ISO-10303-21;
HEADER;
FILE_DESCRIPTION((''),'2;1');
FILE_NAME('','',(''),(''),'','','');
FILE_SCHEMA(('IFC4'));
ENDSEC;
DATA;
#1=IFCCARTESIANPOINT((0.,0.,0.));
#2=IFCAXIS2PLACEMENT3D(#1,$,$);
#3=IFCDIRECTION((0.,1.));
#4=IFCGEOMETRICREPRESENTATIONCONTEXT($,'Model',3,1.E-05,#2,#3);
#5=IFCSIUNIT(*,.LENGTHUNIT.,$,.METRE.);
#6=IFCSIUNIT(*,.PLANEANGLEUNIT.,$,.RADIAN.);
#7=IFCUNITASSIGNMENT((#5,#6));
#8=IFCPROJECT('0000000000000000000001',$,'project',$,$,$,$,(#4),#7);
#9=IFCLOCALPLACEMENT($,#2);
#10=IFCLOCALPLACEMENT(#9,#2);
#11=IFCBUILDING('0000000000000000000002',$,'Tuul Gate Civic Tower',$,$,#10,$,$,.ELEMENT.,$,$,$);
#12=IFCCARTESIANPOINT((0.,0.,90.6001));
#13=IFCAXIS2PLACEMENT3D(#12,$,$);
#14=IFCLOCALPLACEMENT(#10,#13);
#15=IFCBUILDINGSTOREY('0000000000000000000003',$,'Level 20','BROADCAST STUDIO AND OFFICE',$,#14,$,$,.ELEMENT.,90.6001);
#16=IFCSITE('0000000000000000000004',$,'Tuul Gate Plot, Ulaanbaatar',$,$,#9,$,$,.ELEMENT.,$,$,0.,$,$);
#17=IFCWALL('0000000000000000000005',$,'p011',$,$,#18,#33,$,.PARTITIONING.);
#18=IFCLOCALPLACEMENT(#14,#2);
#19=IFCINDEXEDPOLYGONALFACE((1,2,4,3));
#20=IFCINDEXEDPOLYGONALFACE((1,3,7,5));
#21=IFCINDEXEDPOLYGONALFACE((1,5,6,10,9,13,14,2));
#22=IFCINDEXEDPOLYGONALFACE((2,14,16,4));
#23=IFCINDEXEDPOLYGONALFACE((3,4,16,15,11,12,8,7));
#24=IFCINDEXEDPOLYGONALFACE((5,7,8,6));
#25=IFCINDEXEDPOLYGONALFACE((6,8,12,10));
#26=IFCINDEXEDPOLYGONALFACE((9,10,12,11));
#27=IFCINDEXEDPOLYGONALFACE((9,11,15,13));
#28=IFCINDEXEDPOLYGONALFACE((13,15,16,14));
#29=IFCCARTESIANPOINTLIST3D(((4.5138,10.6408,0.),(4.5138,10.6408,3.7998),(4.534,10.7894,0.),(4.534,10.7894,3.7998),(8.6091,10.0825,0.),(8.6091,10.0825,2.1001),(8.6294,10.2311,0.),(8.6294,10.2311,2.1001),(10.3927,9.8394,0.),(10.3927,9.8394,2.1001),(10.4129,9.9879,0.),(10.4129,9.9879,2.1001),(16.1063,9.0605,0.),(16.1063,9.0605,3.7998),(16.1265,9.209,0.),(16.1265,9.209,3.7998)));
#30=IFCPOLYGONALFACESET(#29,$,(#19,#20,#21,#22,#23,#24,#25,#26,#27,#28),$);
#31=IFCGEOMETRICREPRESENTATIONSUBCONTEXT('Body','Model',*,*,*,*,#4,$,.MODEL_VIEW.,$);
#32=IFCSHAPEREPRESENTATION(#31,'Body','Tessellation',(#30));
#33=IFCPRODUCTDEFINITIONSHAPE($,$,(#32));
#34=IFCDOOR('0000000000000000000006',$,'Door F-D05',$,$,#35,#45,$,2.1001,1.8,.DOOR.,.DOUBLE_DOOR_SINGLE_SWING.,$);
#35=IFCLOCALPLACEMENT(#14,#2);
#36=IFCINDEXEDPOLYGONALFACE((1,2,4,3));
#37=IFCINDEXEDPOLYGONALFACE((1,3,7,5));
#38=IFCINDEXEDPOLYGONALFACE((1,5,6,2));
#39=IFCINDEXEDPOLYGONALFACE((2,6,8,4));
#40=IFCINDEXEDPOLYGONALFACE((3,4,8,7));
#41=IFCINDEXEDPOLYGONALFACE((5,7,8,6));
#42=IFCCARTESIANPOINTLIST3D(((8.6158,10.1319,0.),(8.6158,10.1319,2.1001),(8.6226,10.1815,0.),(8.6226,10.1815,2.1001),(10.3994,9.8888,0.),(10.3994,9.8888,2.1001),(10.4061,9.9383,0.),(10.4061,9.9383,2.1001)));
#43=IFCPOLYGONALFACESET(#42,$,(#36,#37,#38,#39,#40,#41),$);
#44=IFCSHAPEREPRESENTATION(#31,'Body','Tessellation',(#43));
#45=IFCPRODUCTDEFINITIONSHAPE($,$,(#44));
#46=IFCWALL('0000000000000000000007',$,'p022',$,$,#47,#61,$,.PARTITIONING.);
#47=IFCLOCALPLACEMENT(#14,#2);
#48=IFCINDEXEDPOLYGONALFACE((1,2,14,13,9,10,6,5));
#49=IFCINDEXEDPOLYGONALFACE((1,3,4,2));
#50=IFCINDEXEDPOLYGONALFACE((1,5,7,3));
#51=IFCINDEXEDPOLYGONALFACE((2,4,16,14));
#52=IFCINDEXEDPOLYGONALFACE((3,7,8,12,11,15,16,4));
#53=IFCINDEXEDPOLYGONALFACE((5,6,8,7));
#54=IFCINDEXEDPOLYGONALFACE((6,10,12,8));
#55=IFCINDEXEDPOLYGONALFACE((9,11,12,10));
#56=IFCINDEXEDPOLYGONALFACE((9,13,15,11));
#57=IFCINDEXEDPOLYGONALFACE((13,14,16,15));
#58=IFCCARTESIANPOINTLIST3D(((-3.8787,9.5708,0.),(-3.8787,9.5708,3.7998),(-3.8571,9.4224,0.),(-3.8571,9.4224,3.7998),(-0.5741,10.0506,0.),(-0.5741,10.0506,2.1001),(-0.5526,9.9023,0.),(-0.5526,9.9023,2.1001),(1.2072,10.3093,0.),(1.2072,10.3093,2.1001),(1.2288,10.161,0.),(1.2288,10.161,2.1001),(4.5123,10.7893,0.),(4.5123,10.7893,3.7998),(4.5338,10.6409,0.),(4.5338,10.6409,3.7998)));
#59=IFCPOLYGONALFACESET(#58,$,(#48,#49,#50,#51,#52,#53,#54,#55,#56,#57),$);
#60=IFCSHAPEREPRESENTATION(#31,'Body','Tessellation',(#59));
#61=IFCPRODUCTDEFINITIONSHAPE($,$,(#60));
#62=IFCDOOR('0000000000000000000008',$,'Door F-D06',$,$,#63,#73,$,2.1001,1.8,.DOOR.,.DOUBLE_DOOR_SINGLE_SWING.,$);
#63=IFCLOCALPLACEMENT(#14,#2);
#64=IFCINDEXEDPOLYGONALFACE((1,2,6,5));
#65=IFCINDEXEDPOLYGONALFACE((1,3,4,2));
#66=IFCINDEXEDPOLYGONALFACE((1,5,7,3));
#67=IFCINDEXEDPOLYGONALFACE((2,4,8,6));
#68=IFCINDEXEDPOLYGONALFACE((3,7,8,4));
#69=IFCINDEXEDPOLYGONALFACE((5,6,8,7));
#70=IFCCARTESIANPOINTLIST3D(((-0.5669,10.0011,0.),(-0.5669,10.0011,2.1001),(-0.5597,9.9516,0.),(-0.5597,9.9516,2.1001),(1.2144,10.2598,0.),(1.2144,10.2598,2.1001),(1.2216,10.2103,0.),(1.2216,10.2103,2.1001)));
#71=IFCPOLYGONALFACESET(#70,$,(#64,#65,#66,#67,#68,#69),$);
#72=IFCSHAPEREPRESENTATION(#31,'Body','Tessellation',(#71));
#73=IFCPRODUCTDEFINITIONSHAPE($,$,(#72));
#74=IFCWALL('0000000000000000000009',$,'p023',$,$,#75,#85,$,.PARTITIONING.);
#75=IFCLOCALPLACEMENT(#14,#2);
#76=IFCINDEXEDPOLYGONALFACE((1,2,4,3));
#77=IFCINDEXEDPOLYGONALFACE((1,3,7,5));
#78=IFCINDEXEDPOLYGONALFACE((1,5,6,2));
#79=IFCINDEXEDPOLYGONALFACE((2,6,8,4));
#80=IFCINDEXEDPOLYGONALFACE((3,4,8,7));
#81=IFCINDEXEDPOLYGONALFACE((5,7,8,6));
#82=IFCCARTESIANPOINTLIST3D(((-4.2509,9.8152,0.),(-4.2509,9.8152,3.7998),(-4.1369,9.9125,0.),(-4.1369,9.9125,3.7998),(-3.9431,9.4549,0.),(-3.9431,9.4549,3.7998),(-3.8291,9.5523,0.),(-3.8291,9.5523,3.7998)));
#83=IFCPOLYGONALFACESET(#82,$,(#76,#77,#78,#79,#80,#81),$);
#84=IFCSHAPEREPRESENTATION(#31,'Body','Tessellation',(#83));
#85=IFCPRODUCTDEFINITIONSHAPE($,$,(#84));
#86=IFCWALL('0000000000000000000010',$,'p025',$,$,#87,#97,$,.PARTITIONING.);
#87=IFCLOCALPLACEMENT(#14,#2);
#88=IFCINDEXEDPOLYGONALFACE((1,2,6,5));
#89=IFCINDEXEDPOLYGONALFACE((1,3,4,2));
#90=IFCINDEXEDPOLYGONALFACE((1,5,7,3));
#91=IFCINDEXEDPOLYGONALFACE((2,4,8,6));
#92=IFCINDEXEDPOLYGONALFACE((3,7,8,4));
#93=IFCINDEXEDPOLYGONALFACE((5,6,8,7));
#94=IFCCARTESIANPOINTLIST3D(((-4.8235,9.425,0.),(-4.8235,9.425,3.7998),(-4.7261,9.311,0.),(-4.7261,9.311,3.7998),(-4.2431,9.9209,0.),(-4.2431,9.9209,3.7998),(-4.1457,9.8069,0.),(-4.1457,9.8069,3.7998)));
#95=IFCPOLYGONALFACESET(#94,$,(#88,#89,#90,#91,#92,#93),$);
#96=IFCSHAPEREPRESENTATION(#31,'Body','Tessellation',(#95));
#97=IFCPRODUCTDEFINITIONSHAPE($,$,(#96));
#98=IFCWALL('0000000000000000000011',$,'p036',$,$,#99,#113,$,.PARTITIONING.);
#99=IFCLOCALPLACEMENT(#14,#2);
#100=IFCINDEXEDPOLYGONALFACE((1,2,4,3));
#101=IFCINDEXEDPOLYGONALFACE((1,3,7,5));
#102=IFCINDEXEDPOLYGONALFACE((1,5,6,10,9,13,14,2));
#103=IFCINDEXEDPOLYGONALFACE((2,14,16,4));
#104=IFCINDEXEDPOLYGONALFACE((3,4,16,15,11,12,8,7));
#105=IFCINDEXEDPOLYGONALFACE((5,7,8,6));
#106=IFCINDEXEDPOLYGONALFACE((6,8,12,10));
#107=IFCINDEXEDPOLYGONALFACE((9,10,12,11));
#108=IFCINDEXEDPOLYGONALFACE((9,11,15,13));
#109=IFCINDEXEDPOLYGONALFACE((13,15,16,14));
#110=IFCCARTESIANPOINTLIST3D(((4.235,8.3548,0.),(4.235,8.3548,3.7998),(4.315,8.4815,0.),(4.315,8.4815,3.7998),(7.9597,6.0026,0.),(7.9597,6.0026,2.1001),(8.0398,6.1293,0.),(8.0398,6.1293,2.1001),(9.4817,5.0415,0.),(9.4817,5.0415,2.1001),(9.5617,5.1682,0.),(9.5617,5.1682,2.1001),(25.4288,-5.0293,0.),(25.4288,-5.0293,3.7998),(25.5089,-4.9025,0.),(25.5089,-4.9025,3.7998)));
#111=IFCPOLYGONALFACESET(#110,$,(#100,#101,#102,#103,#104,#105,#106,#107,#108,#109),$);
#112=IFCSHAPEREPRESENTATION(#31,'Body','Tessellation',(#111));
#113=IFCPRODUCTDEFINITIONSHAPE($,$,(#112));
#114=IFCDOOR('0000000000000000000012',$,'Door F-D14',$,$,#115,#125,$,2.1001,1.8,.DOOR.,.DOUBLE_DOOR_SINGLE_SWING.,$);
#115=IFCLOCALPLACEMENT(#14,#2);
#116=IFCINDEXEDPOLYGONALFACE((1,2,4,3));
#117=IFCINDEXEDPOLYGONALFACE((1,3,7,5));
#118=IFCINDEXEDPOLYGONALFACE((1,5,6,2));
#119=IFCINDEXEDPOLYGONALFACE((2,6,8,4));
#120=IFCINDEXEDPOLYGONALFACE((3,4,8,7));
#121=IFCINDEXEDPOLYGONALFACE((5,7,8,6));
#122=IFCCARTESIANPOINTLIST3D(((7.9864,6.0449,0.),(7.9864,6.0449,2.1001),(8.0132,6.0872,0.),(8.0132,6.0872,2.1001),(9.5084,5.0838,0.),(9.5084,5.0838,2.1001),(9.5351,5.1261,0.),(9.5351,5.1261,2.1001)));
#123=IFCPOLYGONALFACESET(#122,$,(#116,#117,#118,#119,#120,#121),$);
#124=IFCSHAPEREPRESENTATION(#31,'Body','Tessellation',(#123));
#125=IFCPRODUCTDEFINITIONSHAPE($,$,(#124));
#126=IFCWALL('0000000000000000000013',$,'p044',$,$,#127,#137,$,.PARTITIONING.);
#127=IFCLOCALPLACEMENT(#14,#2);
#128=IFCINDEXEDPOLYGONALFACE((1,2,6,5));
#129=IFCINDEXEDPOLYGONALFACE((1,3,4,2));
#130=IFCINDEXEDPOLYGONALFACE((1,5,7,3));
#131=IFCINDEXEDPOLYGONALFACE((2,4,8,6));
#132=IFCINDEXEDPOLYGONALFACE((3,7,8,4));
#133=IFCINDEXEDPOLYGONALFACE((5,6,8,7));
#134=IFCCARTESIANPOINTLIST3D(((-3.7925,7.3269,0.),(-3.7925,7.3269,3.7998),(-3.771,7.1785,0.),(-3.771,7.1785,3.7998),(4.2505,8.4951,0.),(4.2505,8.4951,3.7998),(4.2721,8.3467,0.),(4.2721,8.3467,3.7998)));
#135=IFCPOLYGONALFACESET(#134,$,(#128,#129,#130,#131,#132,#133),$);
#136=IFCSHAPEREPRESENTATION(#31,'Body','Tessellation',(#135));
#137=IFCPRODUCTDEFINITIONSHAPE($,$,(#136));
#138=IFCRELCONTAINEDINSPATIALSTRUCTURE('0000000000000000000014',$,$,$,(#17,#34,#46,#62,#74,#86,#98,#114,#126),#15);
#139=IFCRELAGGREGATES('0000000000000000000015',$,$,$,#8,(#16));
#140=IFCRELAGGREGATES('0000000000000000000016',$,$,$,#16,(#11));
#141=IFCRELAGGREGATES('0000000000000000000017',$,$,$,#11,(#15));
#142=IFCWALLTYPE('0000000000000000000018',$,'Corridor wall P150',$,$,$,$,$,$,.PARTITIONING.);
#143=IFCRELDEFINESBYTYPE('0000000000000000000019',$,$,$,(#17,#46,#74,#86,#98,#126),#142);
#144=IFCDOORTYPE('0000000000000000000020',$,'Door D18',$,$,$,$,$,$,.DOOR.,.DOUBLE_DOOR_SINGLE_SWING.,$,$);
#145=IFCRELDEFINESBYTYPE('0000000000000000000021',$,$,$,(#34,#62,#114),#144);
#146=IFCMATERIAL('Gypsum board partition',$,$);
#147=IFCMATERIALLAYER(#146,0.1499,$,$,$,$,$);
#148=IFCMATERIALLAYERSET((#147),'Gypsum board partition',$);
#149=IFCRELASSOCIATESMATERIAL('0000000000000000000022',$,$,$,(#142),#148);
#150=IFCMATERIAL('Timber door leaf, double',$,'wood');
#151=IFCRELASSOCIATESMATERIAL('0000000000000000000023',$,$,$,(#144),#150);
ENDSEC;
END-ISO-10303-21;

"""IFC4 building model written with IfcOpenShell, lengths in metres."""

from ifc_helpers import new_model, si_unit, direction, frame, frame_2d, origin, place, context, subcontext, project, spatial, rectangle, extrude, material, layer, layer_set, type_object, element, fill, save


model = new_model("IFC4")

# Units and contexts
model_context = context("Model", 3, precision=1e-05, world=origin(), true_north=direction((0.0, 1.0)))
body_context = subcontext(model_context, "Body", "Model", "MODEL_VIEW")
ifc_project = project(units=[si_unit("LENGTHUNIT", "METRE"), si_unit("PLANEANGLEUNIT", "RADIAN")], contexts=[model_context])

# Site, building, storey
site_placement = place(None, origin())
site = spatial("IfcSite", under=ifc_project, at=site_placement, Name="Tuul Gate Plot, Ulaanbaatar", CompositionType="ELEMENT", RefElevation=0.0)
building_placement = place(site_placement, origin())
building = spatial("IfcBuilding", under=site, at=building_placement, Name="Tuul Gate Civic Tower", CompositionType="ELEMENT")
storey_placement = place(building_placement, frame((0.0, 0.0, 90.6001)))
storey = spatial("IfcBuildingStorey", under=building, at=storey_placement, Name="Level 20", Description="BROADCAST STUDIO AND OFFICE", CompositionType="ELEMENT", Elevation=90.6001)

# Walls, openings, doors
ifc_material_1 = material(Name="Gypsum board partition")
ifc_layer_1 = layer(ifc_material_1, 0.1499)
ifc_layer_set_1 = layer_set([ifc_layer_1], Name="Gypsum board partition")
wall_type_1 = type_object("IfcWallType", Name="Corridor wall P150", PredefinedType="PARTITIONING", material=ifc_layer_set_1)
wall_1_placement = place(storey_placement, frame((4.5239, 10.7151, 0.0), z_axis=(0.0, 0.0, 1.0), x_axis=(0.990836, -0.135073, 0.0)))
wall_1 = element("IfcWall", 1, at=wall_1_placement, inside=storey, type_object=wall_type_1, Name="p011", PredefinedType="PARTITIONING", context=body_context, shape_type="SweptSolid", body=[
    extrude(rectangle(XDim=11.6997, YDim=0.1499, at=frame_2d((5.8499, 0.0))), origin(), (0.0, 0.0, 1.0), 3.7998),
])
opening_1_placement = place(wall_1_placement, frame((4.1333, 0.0, 0.0)))
opening_1 = element("IfcOpeningElement", 2, at=opening_1_placement, cuts=wall_1, PredefinedType="OPENING", context=body_context, shape_type="SweptSolid", body=[
    extrude(rectangle(XDim=1.8, YDim=2.1001, at=frame_2d((0.8999, 1.05))), frame((0.0, 0.085, 0.0), z_axis=(0.0, -1.0, 0.0), x_axis=(1.0, 0.0, 0.0)), (0.0, 0.0, 1.0), 0.1699),
])
ifc_material_2 = material(Name="Timber door leaf, double", Category="wood")
door_type = type_object("IfcDoorType", Name="Door D18", OperationType="DOUBLE_DOOR_SINGLE_SWING", PredefinedType="DOOR", material=ifc_material_2)
door_1_placement = place(opening_1_placement, origin())
door_1 = element("IfcDoor", 3, at=door_1_placement, inside=storey, type_object=door_type, Name="Door F-D05", OperationType="DOUBLE_DOOR_SINGLE_SWING", OverallHeight=2.1001, OverallWidth=1.8, PredefinedType="DOOR", context=body_context, shape_type="SweptSolid", body=[
    extrude(rectangle(XDim=1.8, YDim=2.1001, at=frame_2d((0.8999, 1.05))), frame((0.0, 0.0249, 0.0), z_axis=(0.0, -1.0, 0.0), x_axis=(1.0, 0.0, 0.0)), (0.0, 0.0, 1.0), 0.05),
])
fill(opening_1, door_1)
wall_2_placement = place(storey_placement, frame((-3.8679, 9.4966, 0.0), z_axis=(0.0, 0.0, 1.0), x_axis=(0.98962, 0.143711, 0.0)))
wall_2 = element("IfcWall", 4, at=wall_2_placement, inside=storey, type_object=wall_type_1, Name="p022", PredefinedType="PARTITIONING", context=body_context, shape_type="SweptSolid", body=[
    extrude(rectangle(XDim=8.479, YDim=0.1499, at=frame_2d((4.2395, 0.0))), origin(), (0.0, 0.0, 1.0), 3.7998),
])
opening_2_placement = place(wall_2_placement, frame((3.3394, 0.0, 0.0)))
opening_2 = element("IfcOpeningElement", 5, at=opening_2_placement, cuts=wall_2, PredefinedType="OPENING", context=body_context, shape_type="SweptSolid", body=[
    extrude(rectangle(XDim=1.8, YDim=2.1001, at=frame_2d((0.8999, 1.05))), frame((0.0, 0.085, 0.0), z_axis=(0.0, -1.0, 0.0), x_axis=(1.0, 0.0, 0.0)), (0.0, 0.0, 1.0), 0.1699),
])
door_2_placement = place(opening_2_placement, origin())
door_2 = element("IfcDoor", 6, at=door_2_placement, inside=storey, type_object=door_type, Name="Door F-D06", OperationType="DOUBLE_DOOR_SINGLE_SWING", OverallHeight=2.1001, OverallWidth=1.8, PredefinedType="DOOR", context=body_context, shape_type="SweptSolid", body=[
    extrude(rectangle(XDim=1.8, YDim=2.1001, at=frame_2d((0.8999, 1.05))), frame((0.0, 0.0249, 0.0), z_axis=(0.0, -1.0, 0.0), x_axis=(1.0, 0.0, 0.0)), (0.0, 0.0, 1.0), 0.05),
])
fill(opening_2, door_2)

# Walls
wall_3_placement = place(storey_placement, frame((-4.1938, 9.8638, 0.0), z_axis=(0.0, 0.0, 1.0), x_axis=(0.64956, -0.76031, 0.0)))
element("IfcWall", 7, at=wall_3_placement, inside=storey, type_object=wall_type_1, Name="p023", PredefinedType="PARTITIONING", context=body_context, shape_type="SweptSolid", body=[
    extrude(rectangle(XDim=0.4739, YDim=0.1499, at=frame_2d((0.2368, 0.0))), origin(), (0.0, 0.0, 1.0), 3.7998),
])
wall_4_placement = place(storey_placement, frame((-4.7749, 9.3679, 0.0), z_axis=(0.0, 0.0, 1.0), x_axis=(0.760272, 0.649605, 0.0)))
element("IfcWall", 8, at=wall_4_placement, inside=storey, type_object=wall_type_1, Name="p025", PredefinedType="PARTITIONING", context=body_context, shape_type="SweptSolid", body=[
    extrude(rectangle(XDim=0.7634, YDim=0.1499, at=frame_2d((0.3818, 0.0))), origin(), (0.0, 0.0, 1.0), 3.7998),
])

# Wall, opening, door
wall_5_placement = place(storey_placement, frame((4.2749, 8.4182, 0.0), z_axis=(0.0, 0.0, 1.0), x_axis=(0.845517, -0.533949, 0.0)))
wall_5 = element("IfcWall", 9, at=wall_5_placement, inside=storey, type_object=wall_type_1, Name="p036", PredefinedType="PARTITIONING", context=body_context, shape_type="SweptSolid", body=[
    extrude(rectangle(XDim=25.0662, YDim=0.1499, at=frame_2d((12.5332, 0.0))), origin(), (0.0, 0.0, 1.0), 3.7998),
])
opening_3_placement = place(wall_5_placement, frame((4.4055, 0.0, 0.0)))
opening_3 = element("IfcOpeningElement", 10, at=opening_3_placement, cuts=wall_5, PredefinedType="OPENING", context=body_context, shape_type="SweptSolid", body=[
    extrude(rectangle(XDim=1.8, YDim=2.1001, at=frame_2d((0.8999, 1.05))), frame((0.0, 0.085, 0.0), z_axis=(0.0, -1.0, 0.0), x_axis=(1.0, 0.0, 0.0)), (0.0, 0.0, 1.0), 0.1699),
])
door_3_placement = place(opening_3_placement, frame((1.8, 0.0, 0.0), z_axis=(0.0, 0.0, 1.0), x_axis=(-1.0, 0.0, 0.0)))
door_3 = element("IfcDoor", 11, at=door_3_placement, inside=storey, type_object=door_type, Name="Door F-D14", OperationType="DOUBLE_DOOR_SINGLE_SWING", OverallHeight=2.1001, OverallWidth=1.8, PredefinedType="DOOR", context=body_context, shape_type="SweptSolid", body=[
    extrude(rectangle(XDim=1.8, YDim=2.1001, at=frame_2d((0.9001, 1.05))), frame((0.0, 0.0249, 0.0), z_axis=(0.0, -1.0, 0.0), x_axis=(1.0, 0.0, 0.0)), (0.0, 0.0, 1.0), 0.05),
])
fill(opening_3, door_3)

# Wall
wall_6_placement = place(storey_placement, frame((-3.7817, 7.2527, 0.0), z_axis=(0.0, 0.0, 1.0), x_axis=(0.989616, 0.143738, 0.0)))
element("IfcWall", 12, at=wall_6_placement, inside=storey, type_object=wall_type_1, Name="p044", PredefinedType="PARTITIONING", context=body_context, shape_type="SweptSolid", body=[
    extrude(rectangle(XDim=8.1274, YDim=0.1499, at=frame_2d((4.0637, 0.0))), origin(), (0.0, 0.0, 1.0), 3.7998),
])

save(model, "model.ifc")
